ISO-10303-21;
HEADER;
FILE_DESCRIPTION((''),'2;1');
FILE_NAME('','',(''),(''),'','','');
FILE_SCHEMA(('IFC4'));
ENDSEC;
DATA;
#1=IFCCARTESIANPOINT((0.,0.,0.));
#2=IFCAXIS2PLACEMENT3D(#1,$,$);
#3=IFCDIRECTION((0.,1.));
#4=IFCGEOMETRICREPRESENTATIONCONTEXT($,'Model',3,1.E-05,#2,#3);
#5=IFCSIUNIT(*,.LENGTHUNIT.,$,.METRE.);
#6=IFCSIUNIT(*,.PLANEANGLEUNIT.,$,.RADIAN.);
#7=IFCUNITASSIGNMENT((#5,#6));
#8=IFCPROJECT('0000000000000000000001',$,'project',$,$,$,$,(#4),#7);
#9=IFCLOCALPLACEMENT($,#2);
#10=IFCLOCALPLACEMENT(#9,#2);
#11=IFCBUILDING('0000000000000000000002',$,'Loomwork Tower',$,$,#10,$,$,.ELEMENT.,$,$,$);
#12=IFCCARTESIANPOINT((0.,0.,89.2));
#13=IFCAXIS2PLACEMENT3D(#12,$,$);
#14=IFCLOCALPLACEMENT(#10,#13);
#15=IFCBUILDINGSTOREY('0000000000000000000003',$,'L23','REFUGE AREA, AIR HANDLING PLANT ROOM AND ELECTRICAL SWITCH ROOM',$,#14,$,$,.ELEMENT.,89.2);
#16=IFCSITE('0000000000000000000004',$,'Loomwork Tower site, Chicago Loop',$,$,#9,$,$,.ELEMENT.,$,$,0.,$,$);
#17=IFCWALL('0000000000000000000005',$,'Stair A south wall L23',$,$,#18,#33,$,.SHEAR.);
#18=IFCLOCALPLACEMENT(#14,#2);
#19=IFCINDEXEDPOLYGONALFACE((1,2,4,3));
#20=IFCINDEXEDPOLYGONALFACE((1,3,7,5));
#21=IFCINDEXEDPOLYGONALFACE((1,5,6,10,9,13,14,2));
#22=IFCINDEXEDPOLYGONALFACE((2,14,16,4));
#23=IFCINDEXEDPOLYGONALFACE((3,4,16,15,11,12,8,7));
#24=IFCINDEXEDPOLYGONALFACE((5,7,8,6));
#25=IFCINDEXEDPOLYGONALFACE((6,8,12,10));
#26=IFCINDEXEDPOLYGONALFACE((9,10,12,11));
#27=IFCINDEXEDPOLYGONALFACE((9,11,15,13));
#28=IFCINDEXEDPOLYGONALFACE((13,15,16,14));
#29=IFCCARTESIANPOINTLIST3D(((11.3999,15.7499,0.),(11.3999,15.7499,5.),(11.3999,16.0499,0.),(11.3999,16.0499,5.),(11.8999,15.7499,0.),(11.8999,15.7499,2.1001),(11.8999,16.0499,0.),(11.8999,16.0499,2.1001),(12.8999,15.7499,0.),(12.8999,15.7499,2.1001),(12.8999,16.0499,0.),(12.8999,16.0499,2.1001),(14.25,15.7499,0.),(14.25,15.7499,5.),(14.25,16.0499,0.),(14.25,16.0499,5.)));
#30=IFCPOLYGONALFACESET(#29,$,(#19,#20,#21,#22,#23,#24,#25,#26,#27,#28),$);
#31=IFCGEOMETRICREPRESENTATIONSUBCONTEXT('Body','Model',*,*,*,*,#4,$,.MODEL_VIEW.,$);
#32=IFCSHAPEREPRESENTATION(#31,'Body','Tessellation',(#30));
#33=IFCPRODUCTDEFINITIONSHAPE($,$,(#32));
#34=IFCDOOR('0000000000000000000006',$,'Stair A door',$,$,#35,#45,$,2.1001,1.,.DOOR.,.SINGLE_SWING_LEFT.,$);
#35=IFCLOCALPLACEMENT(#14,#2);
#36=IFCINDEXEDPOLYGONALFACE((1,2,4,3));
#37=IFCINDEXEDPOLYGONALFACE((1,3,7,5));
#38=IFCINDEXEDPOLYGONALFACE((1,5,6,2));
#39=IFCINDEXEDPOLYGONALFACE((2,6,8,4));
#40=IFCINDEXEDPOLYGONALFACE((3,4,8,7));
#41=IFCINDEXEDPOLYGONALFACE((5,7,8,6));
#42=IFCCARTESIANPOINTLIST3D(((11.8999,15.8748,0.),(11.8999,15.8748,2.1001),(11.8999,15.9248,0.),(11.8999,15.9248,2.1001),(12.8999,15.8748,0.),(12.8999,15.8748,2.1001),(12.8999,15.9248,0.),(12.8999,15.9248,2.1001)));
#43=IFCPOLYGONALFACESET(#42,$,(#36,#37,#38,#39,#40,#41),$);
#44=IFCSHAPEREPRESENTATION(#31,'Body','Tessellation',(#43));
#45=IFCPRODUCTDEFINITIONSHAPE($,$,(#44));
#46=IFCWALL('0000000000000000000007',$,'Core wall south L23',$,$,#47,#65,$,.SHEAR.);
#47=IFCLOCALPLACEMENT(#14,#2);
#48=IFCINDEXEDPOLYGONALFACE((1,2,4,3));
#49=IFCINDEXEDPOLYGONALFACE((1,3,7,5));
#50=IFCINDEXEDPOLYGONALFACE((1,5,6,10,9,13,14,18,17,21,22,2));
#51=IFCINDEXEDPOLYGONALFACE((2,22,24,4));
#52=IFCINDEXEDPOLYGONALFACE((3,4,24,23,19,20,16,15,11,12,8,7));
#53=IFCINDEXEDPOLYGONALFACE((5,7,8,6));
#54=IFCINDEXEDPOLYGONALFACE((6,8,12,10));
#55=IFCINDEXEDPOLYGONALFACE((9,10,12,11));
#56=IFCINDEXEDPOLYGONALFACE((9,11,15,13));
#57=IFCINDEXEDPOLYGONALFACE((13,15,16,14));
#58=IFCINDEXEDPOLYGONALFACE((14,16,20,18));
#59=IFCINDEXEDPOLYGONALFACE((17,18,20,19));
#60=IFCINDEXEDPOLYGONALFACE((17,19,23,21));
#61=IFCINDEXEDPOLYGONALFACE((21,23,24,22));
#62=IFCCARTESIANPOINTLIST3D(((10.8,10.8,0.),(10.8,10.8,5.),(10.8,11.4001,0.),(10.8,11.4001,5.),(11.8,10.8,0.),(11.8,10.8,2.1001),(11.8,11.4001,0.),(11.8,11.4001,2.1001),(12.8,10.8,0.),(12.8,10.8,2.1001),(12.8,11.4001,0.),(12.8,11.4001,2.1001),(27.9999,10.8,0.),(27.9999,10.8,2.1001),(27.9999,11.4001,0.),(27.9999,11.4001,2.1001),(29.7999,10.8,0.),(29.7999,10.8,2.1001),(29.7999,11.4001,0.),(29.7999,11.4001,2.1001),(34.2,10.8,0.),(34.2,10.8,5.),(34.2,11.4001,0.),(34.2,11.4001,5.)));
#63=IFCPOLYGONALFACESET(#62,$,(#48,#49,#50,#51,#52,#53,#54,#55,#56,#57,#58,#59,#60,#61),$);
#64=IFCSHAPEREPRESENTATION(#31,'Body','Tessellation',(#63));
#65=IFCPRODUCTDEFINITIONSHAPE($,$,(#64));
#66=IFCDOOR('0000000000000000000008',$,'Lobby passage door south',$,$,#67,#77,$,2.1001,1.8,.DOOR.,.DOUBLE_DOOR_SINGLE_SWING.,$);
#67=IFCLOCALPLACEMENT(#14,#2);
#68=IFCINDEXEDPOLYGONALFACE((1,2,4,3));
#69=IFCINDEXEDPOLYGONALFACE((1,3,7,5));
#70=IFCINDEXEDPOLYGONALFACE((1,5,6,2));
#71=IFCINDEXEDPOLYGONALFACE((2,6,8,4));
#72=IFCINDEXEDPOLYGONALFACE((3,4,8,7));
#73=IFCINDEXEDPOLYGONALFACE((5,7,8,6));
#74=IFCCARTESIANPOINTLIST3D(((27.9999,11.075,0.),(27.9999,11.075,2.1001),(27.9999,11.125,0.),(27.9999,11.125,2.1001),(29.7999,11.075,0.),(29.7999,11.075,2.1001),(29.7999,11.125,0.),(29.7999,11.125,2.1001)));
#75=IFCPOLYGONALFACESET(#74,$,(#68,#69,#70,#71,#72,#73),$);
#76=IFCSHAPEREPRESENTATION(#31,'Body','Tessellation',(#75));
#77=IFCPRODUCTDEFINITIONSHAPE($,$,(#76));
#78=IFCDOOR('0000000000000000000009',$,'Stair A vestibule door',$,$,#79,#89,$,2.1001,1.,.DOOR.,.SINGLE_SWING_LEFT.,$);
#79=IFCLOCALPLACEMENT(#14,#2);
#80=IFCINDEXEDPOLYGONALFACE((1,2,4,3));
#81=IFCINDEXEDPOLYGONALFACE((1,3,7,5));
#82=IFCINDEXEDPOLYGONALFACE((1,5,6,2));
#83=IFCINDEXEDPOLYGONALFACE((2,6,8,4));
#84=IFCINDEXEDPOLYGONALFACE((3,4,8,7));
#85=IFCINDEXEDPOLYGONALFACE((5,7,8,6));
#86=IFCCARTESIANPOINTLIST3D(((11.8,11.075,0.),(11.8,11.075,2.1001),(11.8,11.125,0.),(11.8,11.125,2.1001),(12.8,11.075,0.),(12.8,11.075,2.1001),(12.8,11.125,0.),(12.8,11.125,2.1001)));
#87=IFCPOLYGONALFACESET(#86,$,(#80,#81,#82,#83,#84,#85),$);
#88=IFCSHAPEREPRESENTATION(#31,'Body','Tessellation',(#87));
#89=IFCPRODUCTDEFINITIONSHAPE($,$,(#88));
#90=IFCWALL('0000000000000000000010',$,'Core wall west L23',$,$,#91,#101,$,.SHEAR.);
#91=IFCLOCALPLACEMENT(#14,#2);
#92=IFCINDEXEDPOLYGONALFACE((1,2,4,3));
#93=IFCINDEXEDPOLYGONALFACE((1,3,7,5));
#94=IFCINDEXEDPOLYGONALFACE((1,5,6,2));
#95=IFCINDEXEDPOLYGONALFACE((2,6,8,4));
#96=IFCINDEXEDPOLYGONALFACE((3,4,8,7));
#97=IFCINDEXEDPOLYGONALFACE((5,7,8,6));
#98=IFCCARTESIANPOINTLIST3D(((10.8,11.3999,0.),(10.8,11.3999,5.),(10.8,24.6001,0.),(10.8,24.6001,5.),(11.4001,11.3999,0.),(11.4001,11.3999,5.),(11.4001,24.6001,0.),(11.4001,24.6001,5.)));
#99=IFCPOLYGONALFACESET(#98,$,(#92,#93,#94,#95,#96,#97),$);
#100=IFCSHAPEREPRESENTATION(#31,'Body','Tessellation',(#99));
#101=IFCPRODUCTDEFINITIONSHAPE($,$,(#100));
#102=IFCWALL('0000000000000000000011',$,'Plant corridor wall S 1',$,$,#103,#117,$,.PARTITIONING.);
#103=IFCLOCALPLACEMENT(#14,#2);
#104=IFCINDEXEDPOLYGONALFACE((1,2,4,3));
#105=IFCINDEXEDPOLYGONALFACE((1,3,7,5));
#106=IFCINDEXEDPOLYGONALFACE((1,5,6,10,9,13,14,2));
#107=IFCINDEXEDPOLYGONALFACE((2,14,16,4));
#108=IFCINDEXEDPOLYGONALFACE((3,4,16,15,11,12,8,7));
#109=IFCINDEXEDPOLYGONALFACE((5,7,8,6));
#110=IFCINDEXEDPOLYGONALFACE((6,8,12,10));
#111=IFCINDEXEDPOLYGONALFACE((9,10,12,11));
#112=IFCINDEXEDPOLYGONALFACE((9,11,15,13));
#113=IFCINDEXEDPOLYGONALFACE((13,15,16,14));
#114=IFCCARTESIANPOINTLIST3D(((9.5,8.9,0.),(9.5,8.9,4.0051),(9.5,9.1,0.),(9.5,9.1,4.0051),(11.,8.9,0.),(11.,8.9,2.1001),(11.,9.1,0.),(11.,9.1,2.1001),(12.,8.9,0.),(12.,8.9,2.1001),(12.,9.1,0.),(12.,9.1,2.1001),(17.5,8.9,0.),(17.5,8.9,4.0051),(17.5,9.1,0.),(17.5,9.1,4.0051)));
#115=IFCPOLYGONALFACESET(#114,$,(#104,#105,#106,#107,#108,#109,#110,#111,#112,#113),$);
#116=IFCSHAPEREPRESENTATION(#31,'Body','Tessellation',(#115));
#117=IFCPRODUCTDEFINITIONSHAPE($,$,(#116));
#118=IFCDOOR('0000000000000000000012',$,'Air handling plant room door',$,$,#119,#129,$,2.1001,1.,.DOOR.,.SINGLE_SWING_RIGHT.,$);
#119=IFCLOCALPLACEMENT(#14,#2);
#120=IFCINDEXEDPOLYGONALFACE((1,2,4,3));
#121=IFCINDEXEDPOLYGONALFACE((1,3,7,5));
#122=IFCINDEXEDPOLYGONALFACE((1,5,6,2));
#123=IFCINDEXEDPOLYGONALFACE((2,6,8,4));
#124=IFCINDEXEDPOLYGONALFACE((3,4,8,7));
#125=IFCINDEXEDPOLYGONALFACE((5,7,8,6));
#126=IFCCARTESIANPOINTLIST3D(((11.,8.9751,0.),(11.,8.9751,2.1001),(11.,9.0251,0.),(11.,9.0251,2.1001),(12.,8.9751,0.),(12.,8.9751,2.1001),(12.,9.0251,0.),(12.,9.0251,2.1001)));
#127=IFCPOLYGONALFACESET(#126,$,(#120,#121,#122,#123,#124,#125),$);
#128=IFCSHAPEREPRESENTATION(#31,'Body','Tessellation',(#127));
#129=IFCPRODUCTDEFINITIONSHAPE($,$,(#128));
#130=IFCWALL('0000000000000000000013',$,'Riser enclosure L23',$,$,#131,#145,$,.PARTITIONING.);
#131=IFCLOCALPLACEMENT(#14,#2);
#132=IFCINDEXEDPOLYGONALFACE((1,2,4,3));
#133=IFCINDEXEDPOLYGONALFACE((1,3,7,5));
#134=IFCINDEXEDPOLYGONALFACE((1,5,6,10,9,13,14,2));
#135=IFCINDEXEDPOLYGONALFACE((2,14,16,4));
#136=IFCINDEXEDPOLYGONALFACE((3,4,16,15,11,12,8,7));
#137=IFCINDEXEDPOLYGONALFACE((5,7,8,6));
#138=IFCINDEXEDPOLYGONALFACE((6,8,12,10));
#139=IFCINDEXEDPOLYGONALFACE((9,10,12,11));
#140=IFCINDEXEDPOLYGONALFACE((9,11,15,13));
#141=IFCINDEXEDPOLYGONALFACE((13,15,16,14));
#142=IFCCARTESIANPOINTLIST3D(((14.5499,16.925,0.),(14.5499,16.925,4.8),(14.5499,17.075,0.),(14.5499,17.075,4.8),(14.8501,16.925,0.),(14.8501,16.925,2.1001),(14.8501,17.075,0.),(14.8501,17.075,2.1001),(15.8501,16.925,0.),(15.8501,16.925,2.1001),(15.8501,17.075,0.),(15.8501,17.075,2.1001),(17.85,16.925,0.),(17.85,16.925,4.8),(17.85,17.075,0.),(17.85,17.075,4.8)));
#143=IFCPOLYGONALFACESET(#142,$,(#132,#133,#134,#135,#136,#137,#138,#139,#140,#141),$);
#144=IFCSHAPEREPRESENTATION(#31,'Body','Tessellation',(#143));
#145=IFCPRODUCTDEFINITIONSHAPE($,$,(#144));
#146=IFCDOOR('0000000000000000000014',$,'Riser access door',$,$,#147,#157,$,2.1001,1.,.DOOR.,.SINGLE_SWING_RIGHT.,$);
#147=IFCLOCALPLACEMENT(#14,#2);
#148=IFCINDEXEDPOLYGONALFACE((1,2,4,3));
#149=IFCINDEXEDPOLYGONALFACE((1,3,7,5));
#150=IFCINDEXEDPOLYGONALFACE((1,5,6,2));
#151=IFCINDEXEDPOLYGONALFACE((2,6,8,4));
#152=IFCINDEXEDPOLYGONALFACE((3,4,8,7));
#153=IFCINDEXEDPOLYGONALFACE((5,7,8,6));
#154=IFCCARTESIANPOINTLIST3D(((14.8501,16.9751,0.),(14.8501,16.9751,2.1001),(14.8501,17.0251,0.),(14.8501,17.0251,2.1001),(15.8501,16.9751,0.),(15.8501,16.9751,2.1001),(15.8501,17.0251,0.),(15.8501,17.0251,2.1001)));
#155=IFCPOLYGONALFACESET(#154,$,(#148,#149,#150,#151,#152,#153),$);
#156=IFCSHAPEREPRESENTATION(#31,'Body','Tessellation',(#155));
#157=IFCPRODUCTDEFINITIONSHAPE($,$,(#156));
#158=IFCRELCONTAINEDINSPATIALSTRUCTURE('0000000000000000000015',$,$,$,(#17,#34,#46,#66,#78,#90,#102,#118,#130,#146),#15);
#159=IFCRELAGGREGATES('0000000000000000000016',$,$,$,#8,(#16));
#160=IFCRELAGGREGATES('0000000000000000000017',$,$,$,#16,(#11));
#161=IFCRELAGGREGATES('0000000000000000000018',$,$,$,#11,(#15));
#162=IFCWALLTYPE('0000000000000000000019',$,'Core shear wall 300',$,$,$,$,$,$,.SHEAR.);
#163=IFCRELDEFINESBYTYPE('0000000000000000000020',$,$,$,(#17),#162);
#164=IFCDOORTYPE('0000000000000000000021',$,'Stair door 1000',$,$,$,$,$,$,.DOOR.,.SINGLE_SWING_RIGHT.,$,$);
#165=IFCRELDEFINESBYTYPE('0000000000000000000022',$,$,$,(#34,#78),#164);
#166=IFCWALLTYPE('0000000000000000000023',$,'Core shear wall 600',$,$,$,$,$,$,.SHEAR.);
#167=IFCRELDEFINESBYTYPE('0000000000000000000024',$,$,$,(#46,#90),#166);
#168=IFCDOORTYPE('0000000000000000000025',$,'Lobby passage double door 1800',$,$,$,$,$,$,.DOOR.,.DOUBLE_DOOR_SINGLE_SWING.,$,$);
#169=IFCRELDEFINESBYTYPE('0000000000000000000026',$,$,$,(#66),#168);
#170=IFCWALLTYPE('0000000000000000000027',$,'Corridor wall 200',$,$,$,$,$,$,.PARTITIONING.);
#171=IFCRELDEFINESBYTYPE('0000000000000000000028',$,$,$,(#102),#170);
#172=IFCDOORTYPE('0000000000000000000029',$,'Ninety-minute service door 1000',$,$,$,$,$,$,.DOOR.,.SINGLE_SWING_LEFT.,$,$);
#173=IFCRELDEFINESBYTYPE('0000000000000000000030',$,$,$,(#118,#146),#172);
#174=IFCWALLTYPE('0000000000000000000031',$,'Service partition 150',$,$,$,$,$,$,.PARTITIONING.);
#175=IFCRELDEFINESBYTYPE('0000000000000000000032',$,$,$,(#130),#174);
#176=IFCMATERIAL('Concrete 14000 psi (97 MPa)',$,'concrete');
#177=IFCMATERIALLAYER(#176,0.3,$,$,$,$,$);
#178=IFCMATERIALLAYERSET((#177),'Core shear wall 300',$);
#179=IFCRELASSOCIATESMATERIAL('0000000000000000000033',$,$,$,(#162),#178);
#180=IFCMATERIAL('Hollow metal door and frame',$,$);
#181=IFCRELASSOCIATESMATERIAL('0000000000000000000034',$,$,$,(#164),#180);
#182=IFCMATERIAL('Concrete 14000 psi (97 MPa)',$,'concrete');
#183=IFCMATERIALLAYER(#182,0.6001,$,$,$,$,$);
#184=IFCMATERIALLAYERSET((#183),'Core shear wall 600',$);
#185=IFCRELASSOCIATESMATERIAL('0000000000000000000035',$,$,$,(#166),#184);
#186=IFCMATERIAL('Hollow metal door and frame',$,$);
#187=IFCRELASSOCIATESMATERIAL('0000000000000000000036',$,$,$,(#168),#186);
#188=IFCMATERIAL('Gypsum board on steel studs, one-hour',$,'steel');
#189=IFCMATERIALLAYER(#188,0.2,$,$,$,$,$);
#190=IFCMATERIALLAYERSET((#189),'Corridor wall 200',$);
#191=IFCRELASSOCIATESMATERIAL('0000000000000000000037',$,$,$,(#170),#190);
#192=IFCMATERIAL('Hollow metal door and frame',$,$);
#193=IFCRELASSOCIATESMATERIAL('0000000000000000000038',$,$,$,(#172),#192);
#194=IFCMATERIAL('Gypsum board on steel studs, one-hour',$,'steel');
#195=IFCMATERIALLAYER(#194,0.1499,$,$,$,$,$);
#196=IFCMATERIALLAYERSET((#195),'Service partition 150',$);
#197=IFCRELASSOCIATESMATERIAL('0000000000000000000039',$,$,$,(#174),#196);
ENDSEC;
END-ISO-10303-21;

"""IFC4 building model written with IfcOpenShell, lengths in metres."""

from ifc_helpers import new_model, si_unit, direction, frame, frame_2d, origin, place, context, subcontext, project, spatial, rectangle, extrude, material, layer, layer_set, type_object, element, fill, save


model = new_model("IFC4")

# Units and contexts
model_context = context("Model", 3, precision=1e-05, world=origin(), true_north=direction((0.0, 1.0)))
body_context = subcontext(model_context, "Body", "Model", "MODEL_VIEW")
ifc_project = project(units=[si_unit("LENGTHUNIT", "METRE"), si_unit("PLANEANGLEUNIT", "RADIAN")], contexts=[model_context])

# Site, building, storey
site_placement = place(None, origin())
site = spatial("IfcSite", under=ifc_project, at=site_placement, Name="Loomwork Tower site, Chicago Loop", CompositionType="ELEMENT", RefElevation=0.0)
building_placement = place(site_placement, origin())
building = spatial("IfcBuilding", under=site, at=building_placement, Name="Loomwork Tower", CompositionType="ELEMENT")
storey_placement = place(building_placement, frame((0.0, 0.0, 89.2)))
storey = spatial("IfcBuildingStorey", under=building, at=storey_placement, Name="L23", Description="REFUGE AREA, AIR HANDLING PLANT ROOM AND ELECTRICAL SWITCH ROOM", CompositionType="ELEMENT", Elevation=89.2)

# Shared definitions
ifc_material_1 = material(Name="Concrete 14000 psi (97 MPa)", Category="concrete")
ifc_layer_1 = layer(ifc_material_1, 0.3)
ifc_layer_set_1 = layer_set([ifc_layer_1], Name="Core shear wall 300")
wall_type_1 = type_object("IfcWallType", Name="Core shear wall 300", PredefinedType="SHEAR", material=ifc_layer_set_1)

# Wall, opening, door
wall_1_placement = place(storey_placement, frame((11.3999, 15.8999, 0.0), z_axis=(0.0, 0.0, 1.0), x_axis=(1.0, 0.0, 0.0)))
wall_1 = element("IfcWall", 1, at=wall_1_placement, inside=storey, type_object=wall_type_1, Name="Stair A south wall L23", PredefinedType="SHEAR", context=body_context, shape_type="SweptSolid", body=[
    extrude(rectangle(XDim=2.8501, YDim=0.3, at=frame_2d((1.425, 0.0))), origin(), (0.0, 0.0, 1.0), 5.0),
])
opening_1_placement = place(wall_1_placement, frame((0.5, 0.0, 0.0)))
opening_1 = element("IfcOpeningElement", 2, at=opening_1_placement, cuts=wall_1, PredefinedType="OPENING", context=body_context, shape_type="SweptSolid", body=[
    extrude(rectangle(XDim=1.0, YDim=2.1001, at=frame_2d((0.5, 1.05))), frame((0.0, 0.1599, 0.0), z_axis=(0.0, -1.0, 0.0), x_axis=(1.0, 0.0, 0.0)), (0.0, 0.0, 1.0), 0.3201),
])
ifc_material_2 = material(Name="Hollow metal door and frame")
door_type_1 = type_object("IfcDoorType", Name="Stair door 1000", OperationType="SINGLE_SWING_RIGHT", PredefinedType="DOOR", material=ifc_material_2)
door_1_placement = place(opening_1_placement, origin())
door_1 = element("IfcDoor", 3, at=door_1_placement, inside=storey, type_object=door_type_1, Name="Stair A door", OperationType="SINGLE_SWING_LEFT", OverallHeight=2.1001, OverallWidth=1.0, PredefinedType="DOOR", context=body_context, shape_type="SweptSolid", body=[
    extrude(rectangle(XDim=1.0, YDim=2.1001, at=frame_2d((0.5, 1.05))), frame((0.0, 0.0249, 0.0), z_axis=(0.0, -1.0, 0.0), x_axis=(1.0, 0.0, 0.0)), (0.0, 0.0, 1.0), 0.05),
])
fill(opening_1, door_1)

# Wall, openings, doors
ifc_material_3 = material(Name="Concrete 14000 psi (97 MPa)", Category="concrete")
ifc_layer_2 = layer(ifc_material_3, 0.6001)
ifc_layer_set_2 = layer_set([ifc_layer_2], Name="Core shear wall 600")
wall_type_2 = type_object("IfcWallType", Name="Core shear wall 600", PredefinedType="SHEAR", material=ifc_layer_set_2)
wall_2_placement = place(storey_placement, frame((10.8, 11.1001, 0.0), z_axis=(0.0, 0.0, 1.0), x_axis=(1.0, 0.0, 0.0)))
wall_2 = element("IfcWall", 4, at=wall_2_placement, inside=storey, type_object=wall_type_2, Name="Core wall south L23", PredefinedType="SHEAR", context=body_context, shape_type="SweptSolid", body=[
    extrude(rectangle(XDim=23.3999, YDim=0.6001, at=frame_2d((11.7, 0.0))), origin(), (0.0, 0.0, 1.0), 5.0),
])
opening_2_placement = place(wall_2_placement, frame((1.0, 0.0, 0.0)))
opening_2 = element("IfcOpeningElement", 5, at=opening_2_placement, cuts=wall_2, PredefinedType="OPENING", context=body_context, shape_type="SweptSolid", body=[
    extrude(rectangle(XDim=1.0, YDim=2.1001, at=frame_2d((0.5, 1.05))), frame((0.0, 0.3101, 0.0), z_axis=(0.0, -1.0, 0.0), x_axis=(1.0, 0.0, 0.0)), (0.0, 0.0, 1.0), 0.6201),
])
opening_3_placement = place(wall_2_placement, frame((17.2, 0.0, 0.0)))
opening_3 = element("IfcOpeningElement", 6, at=opening_3_placement, cuts=wall_2, PredefinedType="OPENING", context=body_context, shape_type="SweptSolid", body=[
    extrude(rectangle(XDim=1.8, YDim=2.1001, at=frame_2d((0.8999, 1.05))), frame((0.0, 0.3101, 0.0), z_axis=(0.0, -1.0, 0.0), x_axis=(1.0, 0.0, 0.0)), (0.0, 0.0, 1.0), 0.6201),
])
ifc_material_4 = material(Name="Hollow metal door and frame")
door_type_2 = type_object("IfcDoorType", Name="Lobby passage double door 1800", OperationType="DOUBLE_DOOR_SINGLE_SWING", PredefinedType="DOOR", material=ifc_material_4)
door_2_placement = place(opening_3_placement, origin())
door_2 = element("IfcDoor", 7, at=door_2_placement, inside=storey, type_object=door_type_2, Name="Lobby passage door south", OperationType="DOUBLE_DOOR_SINGLE_SWING", OverallHeight=2.1001, OverallWidth=1.8, PredefinedType="DOOR", context=body_context, shape_type="SweptSolid", body=[
    extrude(rectangle(XDim=1.8, YDim=2.1001, at=frame_2d((0.8999, 1.05))), frame((0.0, 0.0249, 0.0), z_axis=(0.0, -1.0, 0.0), x_axis=(1.0, 0.0, 0.0)), (0.0, 0.0, 1.0), 0.05),
])
fill(opening_3, door_2)
door_3_placement = place(opening_2_placement, origin())
door_3 = element("IfcDoor", 8, at=door_3_placement, inside=storey, type_object=door_type_1, Name="Stair A vestibule door", OperationType="SINGLE_SWING_LEFT", OverallHeight=2.1001, OverallWidth=1.0, PredefinedType="DOOR", context=body_context, shape_type="SweptSolid", body=[
    extrude(rectangle(XDim=1.0, YDim=2.1001, at=frame_2d((0.5, 1.05))), frame((0.0, 0.0249, 0.0), z_axis=(0.0, -1.0, 0.0), x_axis=(1.0, 0.0, 0.0)), (0.0, 0.0, 1.0), 0.05),
])
fill(opening_2, door_3)

# Wall
wall_3_placement = place(storey_placement, frame((11.1001, 11.3999, 0.0), z_axis=(0.0, 0.0, 1.0), x_axis=(0.0, 1.0, 0.0)))
element("IfcWall", 9, at=wall_3_placement, inside=storey, type_object=wall_type_2, Name="Core wall west L23", PredefinedType="SHEAR", context=body_context, shape_type="SweptSolid", body=[
    extrude(rectangle(XDim=13.2002, YDim=0.6001, at=frame_2d((6.6001, 0.0))), origin(), (0.0, 0.0, 1.0), 5.0),
])

# Walls, openings, doors
ifc_material_5 = material(Name="Gypsum board on steel studs, one-hour", Category="steel")
ifc_layer_3 = layer(ifc_material_5, 0.2)
ifc_layer_set_3 = layer_set([ifc_layer_3], Name="Corridor wall 200")
wall_type_3 = type_object("IfcWallType", Name="Corridor wall 200", PredefinedType="PARTITIONING", material=ifc_layer_set_3)
wall_4_placement = place(storey_placement, frame((9.5, 9.0, 0.0), z_axis=(0.0, 0.0, 1.0), x_axis=(1.0, 0.0, 0.0)))
wall_4 = element("IfcWall", 10, at=wall_4_placement, inside=storey, type_object=wall_type_3, Name="Plant corridor wall S 1", PredefinedType="PARTITIONING", context=body_context, shape_type="SweptSolid", body=[
    extrude(rectangle(XDim=8.0, YDim=0.2, at=frame_2d((4.0, 0.0))), origin(), (0.0, 0.0, 1.0), 4.0051),
])
opening_4_placement = place(wall_4_placement, frame((1.5, 0.0, 0.0)))
opening_4 = element("IfcOpeningElement", 11, at=opening_4_placement, cuts=wall_4, PredefinedType="OPENING", context=body_context, shape_type="SweptSolid", body=[
    extrude(rectangle(XDim=1.0, YDim=2.1001, at=frame_2d((0.5, 1.05))), frame((0.0, 0.1099, 0.0), z_axis=(0.0, -1.0, 0.0), x_axis=(1.0, 0.0, 0.0)), (0.0, 0.0, 1.0), 0.22),
])
ifc_material_6 = material(Name="Hollow metal door and frame")
door_type_3 = type_object("IfcDoorType", Name="Ninety-minute service door 1000", OperationType="SINGLE_SWING_LEFT", PredefinedType="DOOR", material=ifc_material_6)
door_4_placement = place(opening_4_placement, frame((1.0, 0.0, 0.0), z_axis=(0.0, 0.0, 1.0), x_axis=(-1.0, 0.0, 0.0)))
door_4 = element("IfcDoor", 12, at=door_4_placement, inside=storey, type_object=door_type_3, Name="Air handling plant room door", OperationType="SINGLE_SWING_RIGHT", OverallHeight=2.1001, OverallWidth=1.0, PredefinedType="DOOR", context=body_context, shape_type="SweptSolid", body=[
    extrude(rectangle(XDim=1.0, YDim=2.1001, at=frame_2d((0.5, 1.05))), frame((0.0, 0.0249, 0.0), z_axis=(0.0, -1.0, 0.0), x_axis=(1.0, 0.0, 0.0)), (0.0, 0.0, 1.0), 0.05),
])
fill(opening_4, door_4)
ifc_material_7 = material(Name="Gypsum board on steel studs, one-hour", Category="steel")
ifc_layer_4 = layer(ifc_material_7, 0.1499)
ifc_layer_set_4 = layer_set([ifc_layer_4], Name="Service partition 150")
wall_type_4 = type_object("IfcWallType", Name="Service partition 150", PredefinedType="PARTITIONING", material=ifc_layer_set_4)
wall_5_placement = place(storey_placement, frame((14.55, 17.0, 0.0), z_axis=(0.0, 0.0, 1.0), x_axis=(1.0, 0.0, 0.0)))
wall_5 = element("IfcWall", 13, at=wall_5_placement, inside=storey, type_object=wall_type_4, Name="Riser enclosure L23", PredefinedType="PARTITIONING", context=body_context, shape_type="SweptSolid", body=[
    extrude(rectangle(XDim=3.3, YDim=0.1499, at=frame_2d((1.6499, 0.0))), origin(), (0.0, 0.0, 1.0), 4.8),
])
opening_5_placement = place(wall_5_placement, frame((0.3, 0.0, 0.0)))
opening_5 = element("IfcOpeningElement", 14, at=opening_5_placement, cuts=wall_5, PredefinedType="OPENING", context=body_context, shape_type="SweptSolid", body=[
    extrude(rectangle(XDim=1.0, YDim=2.1001, at=frame_2d((0.5, 1.05))), frame((0.0, 0.085, 0.0), z_axis=(0.0, -1.0, 0.0), x_axis=(1.0, 0.0, 0.0)), (0.0, 0.0, 1.0), 0.1699),
])
door_5_placement = place(opening_5_placement, frame((1.0, 0.0, 0.0), z_axis=(0.0, 0.0, 1.0), x_axis=(-1.0, 0.0, 0.0)))
door_5 = element("IfcDoor", 15, at=door_5_placement, inside=storey, type_object=door_type_3, Name="Riser access door", OperationType="SINGLE_SWING_RIGHT", OverallHeight=2.1001, OverallWidth=1.0, PredefinedType="DOOR", context=body_context, shape_type="SweptSolid", body=[
    extrude(rectangle(XDim=1.0, YDim=2.1001, at=frame_2d((0.5, 1.05))), frame((0.0, 0.0249, 0.0), z_axis=(0.0, -1.0, 0.0), x_axis=(1.0, 0.0, 0.0)), (0.0, 0.0, 1.0), 0.05),
])
fill(opening_5, door_5)

save(model, "model.ifc")
